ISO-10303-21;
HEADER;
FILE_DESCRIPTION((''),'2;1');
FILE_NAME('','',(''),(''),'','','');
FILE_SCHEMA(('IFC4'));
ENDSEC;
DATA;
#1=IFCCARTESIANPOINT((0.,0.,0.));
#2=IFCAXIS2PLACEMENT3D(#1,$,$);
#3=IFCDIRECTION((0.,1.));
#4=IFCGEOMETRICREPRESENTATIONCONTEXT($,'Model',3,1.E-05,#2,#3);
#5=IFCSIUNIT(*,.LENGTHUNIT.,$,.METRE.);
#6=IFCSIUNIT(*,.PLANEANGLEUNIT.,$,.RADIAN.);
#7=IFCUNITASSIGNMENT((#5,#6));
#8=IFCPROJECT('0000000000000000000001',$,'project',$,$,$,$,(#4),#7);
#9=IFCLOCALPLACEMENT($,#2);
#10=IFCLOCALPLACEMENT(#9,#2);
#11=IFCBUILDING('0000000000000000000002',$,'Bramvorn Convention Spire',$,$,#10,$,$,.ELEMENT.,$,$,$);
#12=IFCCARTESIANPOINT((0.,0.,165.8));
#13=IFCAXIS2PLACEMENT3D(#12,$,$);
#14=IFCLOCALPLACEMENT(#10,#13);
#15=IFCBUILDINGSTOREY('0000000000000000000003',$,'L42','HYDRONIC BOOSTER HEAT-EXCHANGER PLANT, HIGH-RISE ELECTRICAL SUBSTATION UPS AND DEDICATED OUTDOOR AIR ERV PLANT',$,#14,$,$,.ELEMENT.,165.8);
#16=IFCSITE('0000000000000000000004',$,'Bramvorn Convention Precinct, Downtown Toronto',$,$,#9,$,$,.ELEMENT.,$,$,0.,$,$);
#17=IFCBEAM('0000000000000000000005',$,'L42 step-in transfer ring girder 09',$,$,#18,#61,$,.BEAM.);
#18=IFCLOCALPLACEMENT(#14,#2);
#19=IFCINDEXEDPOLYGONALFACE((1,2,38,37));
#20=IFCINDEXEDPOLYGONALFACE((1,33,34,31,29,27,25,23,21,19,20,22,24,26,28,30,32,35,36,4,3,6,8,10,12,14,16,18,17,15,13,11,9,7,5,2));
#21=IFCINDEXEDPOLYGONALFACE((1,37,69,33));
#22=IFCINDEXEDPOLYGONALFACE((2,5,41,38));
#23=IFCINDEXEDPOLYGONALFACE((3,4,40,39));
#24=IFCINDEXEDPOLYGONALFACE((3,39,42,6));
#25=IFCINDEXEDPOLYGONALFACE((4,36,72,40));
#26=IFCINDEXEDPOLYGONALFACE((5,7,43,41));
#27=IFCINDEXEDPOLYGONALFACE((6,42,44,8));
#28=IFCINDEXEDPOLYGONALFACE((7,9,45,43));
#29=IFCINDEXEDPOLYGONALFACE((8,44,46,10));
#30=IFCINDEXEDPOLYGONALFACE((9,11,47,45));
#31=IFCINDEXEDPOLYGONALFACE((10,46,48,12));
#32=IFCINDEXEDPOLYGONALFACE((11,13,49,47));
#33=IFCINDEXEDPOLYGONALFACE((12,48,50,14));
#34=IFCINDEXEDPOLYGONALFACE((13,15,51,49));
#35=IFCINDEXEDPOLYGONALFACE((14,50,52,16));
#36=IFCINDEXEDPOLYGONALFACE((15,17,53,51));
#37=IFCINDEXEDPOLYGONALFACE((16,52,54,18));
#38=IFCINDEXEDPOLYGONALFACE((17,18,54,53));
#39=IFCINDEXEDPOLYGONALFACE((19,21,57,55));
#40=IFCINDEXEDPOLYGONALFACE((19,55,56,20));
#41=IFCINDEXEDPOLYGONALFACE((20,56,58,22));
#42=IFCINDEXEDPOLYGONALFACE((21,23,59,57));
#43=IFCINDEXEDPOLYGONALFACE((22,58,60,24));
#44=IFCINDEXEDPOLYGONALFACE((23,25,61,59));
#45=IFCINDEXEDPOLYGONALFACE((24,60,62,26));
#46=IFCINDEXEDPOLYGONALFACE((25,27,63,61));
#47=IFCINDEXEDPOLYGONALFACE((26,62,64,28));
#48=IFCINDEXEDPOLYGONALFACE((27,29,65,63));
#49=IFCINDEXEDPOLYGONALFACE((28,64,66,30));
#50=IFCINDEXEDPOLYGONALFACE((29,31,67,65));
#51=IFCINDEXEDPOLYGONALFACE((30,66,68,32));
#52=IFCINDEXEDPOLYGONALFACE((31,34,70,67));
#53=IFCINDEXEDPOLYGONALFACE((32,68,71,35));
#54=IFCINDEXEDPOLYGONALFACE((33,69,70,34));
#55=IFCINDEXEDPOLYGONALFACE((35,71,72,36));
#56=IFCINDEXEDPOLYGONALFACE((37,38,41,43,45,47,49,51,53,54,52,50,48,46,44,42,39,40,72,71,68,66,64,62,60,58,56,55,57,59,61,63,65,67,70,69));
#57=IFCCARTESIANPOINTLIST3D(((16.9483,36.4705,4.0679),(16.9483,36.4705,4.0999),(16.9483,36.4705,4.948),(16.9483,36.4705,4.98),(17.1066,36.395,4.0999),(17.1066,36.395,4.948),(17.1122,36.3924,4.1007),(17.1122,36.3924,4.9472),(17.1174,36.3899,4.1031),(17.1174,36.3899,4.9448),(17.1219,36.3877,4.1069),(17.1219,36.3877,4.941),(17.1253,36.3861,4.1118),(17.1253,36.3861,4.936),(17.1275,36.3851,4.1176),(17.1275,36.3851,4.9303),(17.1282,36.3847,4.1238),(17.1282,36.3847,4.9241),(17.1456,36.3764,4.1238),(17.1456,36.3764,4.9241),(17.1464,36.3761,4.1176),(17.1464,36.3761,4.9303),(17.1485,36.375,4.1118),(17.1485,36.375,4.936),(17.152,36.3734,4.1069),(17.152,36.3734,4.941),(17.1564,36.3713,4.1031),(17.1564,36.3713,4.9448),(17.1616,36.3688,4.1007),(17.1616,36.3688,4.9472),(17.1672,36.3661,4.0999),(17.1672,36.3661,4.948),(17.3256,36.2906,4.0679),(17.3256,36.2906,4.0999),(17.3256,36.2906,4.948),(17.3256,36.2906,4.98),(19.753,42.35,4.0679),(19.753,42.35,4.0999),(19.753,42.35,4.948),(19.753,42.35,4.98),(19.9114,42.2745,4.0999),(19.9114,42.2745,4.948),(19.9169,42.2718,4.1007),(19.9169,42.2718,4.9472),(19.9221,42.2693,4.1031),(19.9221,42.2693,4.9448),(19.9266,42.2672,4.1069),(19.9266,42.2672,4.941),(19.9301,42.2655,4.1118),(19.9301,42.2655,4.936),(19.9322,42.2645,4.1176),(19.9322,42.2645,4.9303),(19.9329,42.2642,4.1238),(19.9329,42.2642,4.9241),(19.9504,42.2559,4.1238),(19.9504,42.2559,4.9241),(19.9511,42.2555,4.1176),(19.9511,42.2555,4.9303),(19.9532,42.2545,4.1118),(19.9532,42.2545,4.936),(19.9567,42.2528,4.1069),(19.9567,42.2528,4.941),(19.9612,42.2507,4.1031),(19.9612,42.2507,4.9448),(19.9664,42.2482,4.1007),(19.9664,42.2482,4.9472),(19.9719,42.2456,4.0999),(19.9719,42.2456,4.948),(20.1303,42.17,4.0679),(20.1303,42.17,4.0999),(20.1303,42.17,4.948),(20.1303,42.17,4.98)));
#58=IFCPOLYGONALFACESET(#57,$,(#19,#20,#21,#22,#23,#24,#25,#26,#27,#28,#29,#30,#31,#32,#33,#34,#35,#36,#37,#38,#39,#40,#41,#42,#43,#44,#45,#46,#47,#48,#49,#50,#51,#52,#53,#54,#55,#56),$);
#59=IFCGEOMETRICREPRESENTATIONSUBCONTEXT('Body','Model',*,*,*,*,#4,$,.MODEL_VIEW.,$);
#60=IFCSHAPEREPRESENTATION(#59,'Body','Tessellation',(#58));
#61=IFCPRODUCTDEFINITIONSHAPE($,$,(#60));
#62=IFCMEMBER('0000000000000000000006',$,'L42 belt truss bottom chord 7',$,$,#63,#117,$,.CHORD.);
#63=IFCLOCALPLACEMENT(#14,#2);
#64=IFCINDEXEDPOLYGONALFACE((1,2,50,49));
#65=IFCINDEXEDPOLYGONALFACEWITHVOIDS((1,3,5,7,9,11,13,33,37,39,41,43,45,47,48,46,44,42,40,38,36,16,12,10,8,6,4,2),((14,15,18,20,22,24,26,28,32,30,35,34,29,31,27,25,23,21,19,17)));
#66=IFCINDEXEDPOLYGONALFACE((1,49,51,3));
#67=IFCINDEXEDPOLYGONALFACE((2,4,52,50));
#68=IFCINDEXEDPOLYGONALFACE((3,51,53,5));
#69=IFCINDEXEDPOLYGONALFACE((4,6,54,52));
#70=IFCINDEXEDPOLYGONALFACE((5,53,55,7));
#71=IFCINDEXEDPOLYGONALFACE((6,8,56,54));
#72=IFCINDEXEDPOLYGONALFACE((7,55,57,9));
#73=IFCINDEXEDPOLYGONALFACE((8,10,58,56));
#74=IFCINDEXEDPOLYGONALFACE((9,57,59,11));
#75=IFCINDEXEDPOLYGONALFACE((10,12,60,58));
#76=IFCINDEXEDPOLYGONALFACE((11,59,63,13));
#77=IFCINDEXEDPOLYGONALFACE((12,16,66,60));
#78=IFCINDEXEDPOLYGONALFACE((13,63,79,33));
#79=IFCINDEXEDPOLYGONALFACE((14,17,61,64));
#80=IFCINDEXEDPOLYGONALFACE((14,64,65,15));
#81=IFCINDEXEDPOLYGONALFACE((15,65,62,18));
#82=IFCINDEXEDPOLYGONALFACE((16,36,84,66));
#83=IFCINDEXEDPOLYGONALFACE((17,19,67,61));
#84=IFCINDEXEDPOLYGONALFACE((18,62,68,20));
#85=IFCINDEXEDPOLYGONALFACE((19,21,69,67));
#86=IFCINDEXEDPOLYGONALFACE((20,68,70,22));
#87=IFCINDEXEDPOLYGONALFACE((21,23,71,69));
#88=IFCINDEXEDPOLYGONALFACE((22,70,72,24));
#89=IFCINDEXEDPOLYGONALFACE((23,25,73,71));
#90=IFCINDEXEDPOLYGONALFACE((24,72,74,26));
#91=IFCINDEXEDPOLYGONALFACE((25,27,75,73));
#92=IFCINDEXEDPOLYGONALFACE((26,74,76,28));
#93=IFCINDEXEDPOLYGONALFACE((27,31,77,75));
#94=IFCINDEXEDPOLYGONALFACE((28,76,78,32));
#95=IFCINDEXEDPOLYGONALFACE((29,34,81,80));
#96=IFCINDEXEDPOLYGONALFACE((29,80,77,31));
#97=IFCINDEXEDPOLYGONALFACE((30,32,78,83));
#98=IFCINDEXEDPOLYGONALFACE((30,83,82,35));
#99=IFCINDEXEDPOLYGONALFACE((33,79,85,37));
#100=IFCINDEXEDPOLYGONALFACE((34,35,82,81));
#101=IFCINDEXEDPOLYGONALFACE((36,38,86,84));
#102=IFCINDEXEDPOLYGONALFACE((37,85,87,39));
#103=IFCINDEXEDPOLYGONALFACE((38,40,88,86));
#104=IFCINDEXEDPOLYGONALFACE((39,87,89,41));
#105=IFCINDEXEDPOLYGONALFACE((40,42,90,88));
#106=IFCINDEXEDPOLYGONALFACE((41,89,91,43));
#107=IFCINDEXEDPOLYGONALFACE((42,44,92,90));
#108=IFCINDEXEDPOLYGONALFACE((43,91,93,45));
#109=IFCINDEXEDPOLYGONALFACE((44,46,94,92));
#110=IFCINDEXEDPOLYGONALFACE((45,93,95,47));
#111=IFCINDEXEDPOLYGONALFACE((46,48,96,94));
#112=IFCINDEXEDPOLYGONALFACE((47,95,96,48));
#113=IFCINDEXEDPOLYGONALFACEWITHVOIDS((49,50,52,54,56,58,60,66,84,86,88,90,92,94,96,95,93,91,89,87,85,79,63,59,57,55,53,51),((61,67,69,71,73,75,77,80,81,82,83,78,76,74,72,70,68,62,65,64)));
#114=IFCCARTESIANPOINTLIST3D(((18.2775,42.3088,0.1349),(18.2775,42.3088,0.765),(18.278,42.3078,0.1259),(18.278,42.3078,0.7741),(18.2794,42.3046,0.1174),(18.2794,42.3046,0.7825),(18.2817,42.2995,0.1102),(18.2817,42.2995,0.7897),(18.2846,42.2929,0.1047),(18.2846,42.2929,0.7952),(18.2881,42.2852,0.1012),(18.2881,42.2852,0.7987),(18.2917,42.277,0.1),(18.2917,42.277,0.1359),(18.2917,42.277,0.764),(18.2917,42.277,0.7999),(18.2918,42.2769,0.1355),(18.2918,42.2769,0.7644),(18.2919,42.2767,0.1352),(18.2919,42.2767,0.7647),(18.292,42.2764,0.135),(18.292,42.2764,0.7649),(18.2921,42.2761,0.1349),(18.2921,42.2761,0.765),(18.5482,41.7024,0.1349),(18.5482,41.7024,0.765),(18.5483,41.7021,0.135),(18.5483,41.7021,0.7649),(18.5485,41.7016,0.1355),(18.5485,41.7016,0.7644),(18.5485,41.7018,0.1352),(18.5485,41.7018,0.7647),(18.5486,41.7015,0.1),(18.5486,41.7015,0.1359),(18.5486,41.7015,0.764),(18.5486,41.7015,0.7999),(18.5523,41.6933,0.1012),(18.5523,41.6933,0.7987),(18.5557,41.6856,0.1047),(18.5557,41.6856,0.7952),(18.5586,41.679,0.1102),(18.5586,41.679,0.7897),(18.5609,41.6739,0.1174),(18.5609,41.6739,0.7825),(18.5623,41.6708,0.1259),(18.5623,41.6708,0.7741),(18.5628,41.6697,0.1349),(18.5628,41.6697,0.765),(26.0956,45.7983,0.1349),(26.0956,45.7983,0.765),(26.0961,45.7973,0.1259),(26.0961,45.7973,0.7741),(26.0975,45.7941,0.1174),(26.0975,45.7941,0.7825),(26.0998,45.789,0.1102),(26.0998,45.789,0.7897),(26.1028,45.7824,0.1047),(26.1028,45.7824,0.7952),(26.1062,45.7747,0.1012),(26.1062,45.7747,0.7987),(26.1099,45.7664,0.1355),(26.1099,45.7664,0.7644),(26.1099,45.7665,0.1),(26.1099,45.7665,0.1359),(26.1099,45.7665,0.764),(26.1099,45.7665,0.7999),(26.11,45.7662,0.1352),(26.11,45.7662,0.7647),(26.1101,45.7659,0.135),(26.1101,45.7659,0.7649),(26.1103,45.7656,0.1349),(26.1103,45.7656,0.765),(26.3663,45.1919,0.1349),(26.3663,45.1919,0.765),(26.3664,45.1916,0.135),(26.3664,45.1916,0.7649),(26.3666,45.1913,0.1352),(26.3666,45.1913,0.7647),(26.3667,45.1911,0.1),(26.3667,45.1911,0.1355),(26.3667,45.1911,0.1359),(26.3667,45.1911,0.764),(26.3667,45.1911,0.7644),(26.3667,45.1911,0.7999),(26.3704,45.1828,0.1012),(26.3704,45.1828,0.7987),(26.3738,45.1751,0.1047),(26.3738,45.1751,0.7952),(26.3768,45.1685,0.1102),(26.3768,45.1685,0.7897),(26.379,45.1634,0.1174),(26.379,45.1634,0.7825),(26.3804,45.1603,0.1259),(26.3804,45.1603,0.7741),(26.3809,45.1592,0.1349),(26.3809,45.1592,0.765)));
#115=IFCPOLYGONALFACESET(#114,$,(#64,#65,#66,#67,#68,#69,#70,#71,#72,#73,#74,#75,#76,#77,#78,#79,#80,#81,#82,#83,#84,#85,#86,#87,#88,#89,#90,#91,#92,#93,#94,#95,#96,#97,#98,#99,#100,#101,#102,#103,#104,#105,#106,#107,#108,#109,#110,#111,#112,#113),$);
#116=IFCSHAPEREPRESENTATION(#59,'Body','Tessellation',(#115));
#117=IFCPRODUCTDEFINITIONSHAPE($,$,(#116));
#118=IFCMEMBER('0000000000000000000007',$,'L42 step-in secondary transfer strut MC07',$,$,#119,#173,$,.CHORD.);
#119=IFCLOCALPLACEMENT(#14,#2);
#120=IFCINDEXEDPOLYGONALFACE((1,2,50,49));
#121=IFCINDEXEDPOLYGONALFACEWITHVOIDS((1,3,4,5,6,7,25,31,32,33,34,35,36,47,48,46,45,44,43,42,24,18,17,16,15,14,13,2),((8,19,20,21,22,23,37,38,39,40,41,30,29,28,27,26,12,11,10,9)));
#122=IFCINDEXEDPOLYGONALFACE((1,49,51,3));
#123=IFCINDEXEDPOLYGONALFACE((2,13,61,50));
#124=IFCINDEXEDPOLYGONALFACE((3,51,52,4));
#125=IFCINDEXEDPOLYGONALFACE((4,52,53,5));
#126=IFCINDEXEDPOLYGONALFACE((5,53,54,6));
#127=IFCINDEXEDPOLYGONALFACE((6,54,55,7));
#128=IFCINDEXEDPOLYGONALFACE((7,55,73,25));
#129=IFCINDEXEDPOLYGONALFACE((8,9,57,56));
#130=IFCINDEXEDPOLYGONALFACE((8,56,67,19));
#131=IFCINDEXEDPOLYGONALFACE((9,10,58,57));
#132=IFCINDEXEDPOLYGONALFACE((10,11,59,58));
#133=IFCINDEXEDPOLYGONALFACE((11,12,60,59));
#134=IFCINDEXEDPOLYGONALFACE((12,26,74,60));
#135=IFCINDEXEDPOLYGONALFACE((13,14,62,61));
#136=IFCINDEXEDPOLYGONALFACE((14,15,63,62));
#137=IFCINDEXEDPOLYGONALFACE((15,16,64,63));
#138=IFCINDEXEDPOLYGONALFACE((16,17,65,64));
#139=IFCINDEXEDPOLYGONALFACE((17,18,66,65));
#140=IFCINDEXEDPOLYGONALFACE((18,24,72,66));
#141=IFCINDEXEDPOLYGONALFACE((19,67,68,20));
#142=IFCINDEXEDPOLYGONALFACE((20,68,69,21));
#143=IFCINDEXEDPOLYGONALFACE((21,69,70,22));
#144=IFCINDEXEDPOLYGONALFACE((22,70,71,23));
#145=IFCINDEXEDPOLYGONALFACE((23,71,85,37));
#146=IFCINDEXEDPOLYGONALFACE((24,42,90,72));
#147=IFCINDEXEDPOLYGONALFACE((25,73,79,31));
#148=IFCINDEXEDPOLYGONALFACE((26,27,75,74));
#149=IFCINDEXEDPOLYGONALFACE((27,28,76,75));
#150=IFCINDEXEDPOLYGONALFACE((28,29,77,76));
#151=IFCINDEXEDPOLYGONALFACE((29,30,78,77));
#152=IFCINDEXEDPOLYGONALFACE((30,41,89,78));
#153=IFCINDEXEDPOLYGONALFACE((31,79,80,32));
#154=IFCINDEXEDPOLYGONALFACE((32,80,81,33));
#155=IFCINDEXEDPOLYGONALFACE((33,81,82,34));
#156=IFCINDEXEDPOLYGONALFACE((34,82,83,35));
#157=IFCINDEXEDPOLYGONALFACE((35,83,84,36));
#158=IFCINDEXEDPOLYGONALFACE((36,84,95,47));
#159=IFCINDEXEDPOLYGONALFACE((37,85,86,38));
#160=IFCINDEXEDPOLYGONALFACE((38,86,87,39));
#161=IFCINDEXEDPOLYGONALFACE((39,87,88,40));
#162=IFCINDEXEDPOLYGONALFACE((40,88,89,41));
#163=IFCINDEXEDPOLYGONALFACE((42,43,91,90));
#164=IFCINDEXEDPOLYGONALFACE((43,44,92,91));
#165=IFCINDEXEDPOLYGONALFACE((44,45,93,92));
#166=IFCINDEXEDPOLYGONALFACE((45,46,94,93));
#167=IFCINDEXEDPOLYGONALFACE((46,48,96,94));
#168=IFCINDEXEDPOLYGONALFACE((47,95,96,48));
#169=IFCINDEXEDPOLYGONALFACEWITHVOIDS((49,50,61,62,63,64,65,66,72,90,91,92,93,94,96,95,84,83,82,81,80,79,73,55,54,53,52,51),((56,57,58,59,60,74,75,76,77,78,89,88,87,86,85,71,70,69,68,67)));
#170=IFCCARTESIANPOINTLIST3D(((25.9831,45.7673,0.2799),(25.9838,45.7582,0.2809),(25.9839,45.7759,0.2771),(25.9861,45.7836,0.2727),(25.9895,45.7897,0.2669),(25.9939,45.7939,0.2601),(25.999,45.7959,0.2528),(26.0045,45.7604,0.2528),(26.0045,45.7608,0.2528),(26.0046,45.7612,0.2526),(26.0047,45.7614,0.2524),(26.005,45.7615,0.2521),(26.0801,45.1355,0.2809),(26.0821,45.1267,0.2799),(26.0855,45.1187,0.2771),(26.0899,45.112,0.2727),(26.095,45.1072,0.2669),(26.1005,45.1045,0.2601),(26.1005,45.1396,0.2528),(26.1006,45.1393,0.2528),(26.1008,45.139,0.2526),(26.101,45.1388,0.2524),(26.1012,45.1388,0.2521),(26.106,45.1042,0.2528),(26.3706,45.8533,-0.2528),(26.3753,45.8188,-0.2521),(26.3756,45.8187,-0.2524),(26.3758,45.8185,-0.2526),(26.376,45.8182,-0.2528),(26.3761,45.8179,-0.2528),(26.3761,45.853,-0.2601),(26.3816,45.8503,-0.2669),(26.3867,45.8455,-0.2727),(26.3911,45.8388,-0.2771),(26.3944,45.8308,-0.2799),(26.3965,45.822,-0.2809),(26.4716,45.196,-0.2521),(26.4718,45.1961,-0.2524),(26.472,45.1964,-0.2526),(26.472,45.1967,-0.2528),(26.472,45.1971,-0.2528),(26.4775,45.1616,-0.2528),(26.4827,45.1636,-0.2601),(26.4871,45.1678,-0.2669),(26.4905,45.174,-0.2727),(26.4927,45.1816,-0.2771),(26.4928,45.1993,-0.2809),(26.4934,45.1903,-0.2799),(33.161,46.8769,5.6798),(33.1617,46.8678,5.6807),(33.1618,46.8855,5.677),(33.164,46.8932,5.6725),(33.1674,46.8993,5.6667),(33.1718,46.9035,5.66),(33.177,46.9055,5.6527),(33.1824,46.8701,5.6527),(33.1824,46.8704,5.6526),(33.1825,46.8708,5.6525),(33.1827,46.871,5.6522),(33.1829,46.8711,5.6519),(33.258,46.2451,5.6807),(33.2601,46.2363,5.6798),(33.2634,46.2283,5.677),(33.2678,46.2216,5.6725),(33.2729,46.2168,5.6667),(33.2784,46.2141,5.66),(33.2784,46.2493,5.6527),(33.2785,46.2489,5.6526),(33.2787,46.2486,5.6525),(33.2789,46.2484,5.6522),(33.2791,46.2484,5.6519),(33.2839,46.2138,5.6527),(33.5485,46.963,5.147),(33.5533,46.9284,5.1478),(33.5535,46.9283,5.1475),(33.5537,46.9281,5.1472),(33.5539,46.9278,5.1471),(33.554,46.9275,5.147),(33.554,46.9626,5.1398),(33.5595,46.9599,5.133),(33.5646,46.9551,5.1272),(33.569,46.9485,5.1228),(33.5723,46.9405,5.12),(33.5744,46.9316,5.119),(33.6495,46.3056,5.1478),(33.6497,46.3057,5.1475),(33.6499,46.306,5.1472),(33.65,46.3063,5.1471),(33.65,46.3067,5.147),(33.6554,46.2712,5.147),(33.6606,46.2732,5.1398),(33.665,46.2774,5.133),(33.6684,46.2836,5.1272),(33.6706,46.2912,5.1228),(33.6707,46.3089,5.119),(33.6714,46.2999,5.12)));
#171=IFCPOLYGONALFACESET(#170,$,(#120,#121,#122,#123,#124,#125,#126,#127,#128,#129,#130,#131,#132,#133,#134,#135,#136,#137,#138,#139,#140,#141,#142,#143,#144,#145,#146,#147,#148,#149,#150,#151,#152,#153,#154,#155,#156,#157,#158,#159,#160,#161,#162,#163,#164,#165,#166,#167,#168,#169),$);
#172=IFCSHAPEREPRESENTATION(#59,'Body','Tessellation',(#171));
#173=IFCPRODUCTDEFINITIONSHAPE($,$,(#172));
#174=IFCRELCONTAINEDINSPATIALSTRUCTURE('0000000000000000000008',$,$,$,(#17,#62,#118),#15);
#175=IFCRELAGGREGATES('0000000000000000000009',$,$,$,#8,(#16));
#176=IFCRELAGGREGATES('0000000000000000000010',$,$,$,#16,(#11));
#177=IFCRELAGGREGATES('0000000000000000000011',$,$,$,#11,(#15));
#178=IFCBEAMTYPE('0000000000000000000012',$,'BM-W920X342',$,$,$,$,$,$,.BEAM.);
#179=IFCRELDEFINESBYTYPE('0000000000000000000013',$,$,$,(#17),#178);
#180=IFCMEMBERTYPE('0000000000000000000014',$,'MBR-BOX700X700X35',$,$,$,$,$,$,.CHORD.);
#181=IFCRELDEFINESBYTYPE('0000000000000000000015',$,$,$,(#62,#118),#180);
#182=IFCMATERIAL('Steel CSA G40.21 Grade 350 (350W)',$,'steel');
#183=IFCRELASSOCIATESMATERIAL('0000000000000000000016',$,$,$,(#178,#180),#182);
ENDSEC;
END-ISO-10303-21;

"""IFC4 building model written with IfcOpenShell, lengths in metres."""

from ifc_helpers import new_model, si_unit, direction, frame, origin, origin_2d, place, context, subcontext, project, spatial, hollow_rectangle, i_section, extrude, material, material_profile, profile_set, type_object, element, save


model = new_model("IFC4")

# Units and contexts
model_context = context("Model", 3, precision=1e-05, world=origin(), true_north=direction((0.0, 1.0)))
body_context = subcontext(model_context, "Body", "Model", "MODEL_VIEW")
ifc_project = project(units=[si_unit("LENGTHUNIT", "METRE"), si_unit("PLANEANGLEUNIT", "RADIAN")], contexts=[model_context])

# Site, building, storey
site_placement = place(None, origin())
site = spatial("IfcSite", under=ifc_project, at=site_placement, Name="Bramvorn Convention Precinct, Downtown Toronto", CompositionType="ELEMENT", RefElevation=0.0)
building_placement = place(site_placement, origin())
building = spatial("IfcBuilding", under=site, at=building_placement, Name="Bramvorn Convention Spire", CompositionType="ELEMENT")
storey_placement = place(building_placement, frame((0.0, 0.0, 165.8)))
storey = spatial("IfcBuildingStorey", under=building, at=storey_placement, Name="L42", Description="HYDRONIC BOOSTER HEAT-EXCHANGER PLANT, HIGH-RISE ELECTRICAL SUBSTATION UPS AND DEDICATED OUTDOOR AIR ERV PLANT", CompositionType="ELEMENT", Elevation=165.8)

# Shared definitions
ifc_material_1 = material(Name="Steel CSA G40.21 Grade 350 (350W)", Category="steel")

# Beam
ifc_material_profile_1 = material_profile(ifc_material_1, i_section(OverallWidth=0.418, OverallDepth=0.9121, WebThickness=0.0193, FlangeThickness=0.032, FilletRadius=0.0239, at=origin_2d()))
ifc_profile_set_1 = profile_set([ifc_material_profile_1], Name="Steel CSA G40.21 Grade 350 (350W) - W920X342")
beam_type = type_object("IfcBeamType", Name="BM-W920X342", PredefinedType="BEAM", material=ifc_profile_set_1)
beam_1_placement = place(storey_placement, frame((19.9417, 42.26, 4.5239), z_axis=(-0.430556, -0.902564, 0.0), x_axis=(0.902564, -0.430556, 0.0)))
element("IfcBeam", 1, at=beam_1_placement, inside=storey, type_object=beam_type, Name="L42 step-in transfer ring girder 09", PredefinedType="BEAM", context=body_context, shape_type="SweptSolid", body=[
    extrude(i_section(OverallWidth=0.418, OverallDepth=0.9121, WebThickness=0.0193, FlangeThickness=0.032, FilletRadius=0.0239, at=origin_2d()), origin(), (0.0, 0.0, 1.0), 6.5142),
])

# Members
ifc_material_profile_2 = material_profile(ifc_material_1, hollow_rectangle(XDim=0.7, YDim=0.7, WallThickness=0.0349, InnerFilletRadius=0.001, OuterFilletRadius=0.0349, at=origin_2d()))
ifc_profile_set_2 = profile_set([ifc_material_profile_2], Name="Steel CSA G40.21 Grade 350 (350W) - BOX700X700X35")
member_type_1 = type_object("IfcMemberType", Name="MBR-BOX700X700X35", PredefinedType="CHORD", material=ifc_profile_set_2)
member_1_placement = place(storey_placement, frame((26.2383, 45.4788, 0.45), z_axis=(-0.91317, -0.40758, 0.0), x_axis=(0.40758, -0.91317, 0.0)))
element("IfcMember", 2, at=member_1_placement, inside=storey, type_object=member_type_1, Name="L42 belt truss bottom chord 7", PredefinedType="CHORD", context=body_context, shape_type="SweptSolid", body=[
    extrude(hollow_rectangle(XDim=0.7, YDim=0.7, WallThickness=0.0349, InnerFilletRadius=0.001, OuterFilletRadius=0.0349, at=origin_2d()), origin(), (0.0, 0.0, 1.0), 8.5615),
])
member_2_placement = place(storey_placement, frame((26.2383, 45.4788, 0.0), z_axis=(0.793093, 0.122602, 0.596634), x_axis=(-0.152772, 0.988261, 0.0)))
element("IfcMember", 3, at=member_2_placement, inside=storey, type_object=member_type_1, Name="L42 step-in secondary transfer strut MC07", PredefinedType="CHORD", context=body_context, shape_type="SweptSolid", body=[
    extrude(hollow_rectangle(XDim=0.7, YDim=0.7, WallThickness=0.0349, InnerFilletRadius=0.001, OuterFilletRadius=0.0349, at=origin_2d()), origin(), (0.0, 0.0, 1.0), 9.0505),
])

save(model, "model.ifc")
